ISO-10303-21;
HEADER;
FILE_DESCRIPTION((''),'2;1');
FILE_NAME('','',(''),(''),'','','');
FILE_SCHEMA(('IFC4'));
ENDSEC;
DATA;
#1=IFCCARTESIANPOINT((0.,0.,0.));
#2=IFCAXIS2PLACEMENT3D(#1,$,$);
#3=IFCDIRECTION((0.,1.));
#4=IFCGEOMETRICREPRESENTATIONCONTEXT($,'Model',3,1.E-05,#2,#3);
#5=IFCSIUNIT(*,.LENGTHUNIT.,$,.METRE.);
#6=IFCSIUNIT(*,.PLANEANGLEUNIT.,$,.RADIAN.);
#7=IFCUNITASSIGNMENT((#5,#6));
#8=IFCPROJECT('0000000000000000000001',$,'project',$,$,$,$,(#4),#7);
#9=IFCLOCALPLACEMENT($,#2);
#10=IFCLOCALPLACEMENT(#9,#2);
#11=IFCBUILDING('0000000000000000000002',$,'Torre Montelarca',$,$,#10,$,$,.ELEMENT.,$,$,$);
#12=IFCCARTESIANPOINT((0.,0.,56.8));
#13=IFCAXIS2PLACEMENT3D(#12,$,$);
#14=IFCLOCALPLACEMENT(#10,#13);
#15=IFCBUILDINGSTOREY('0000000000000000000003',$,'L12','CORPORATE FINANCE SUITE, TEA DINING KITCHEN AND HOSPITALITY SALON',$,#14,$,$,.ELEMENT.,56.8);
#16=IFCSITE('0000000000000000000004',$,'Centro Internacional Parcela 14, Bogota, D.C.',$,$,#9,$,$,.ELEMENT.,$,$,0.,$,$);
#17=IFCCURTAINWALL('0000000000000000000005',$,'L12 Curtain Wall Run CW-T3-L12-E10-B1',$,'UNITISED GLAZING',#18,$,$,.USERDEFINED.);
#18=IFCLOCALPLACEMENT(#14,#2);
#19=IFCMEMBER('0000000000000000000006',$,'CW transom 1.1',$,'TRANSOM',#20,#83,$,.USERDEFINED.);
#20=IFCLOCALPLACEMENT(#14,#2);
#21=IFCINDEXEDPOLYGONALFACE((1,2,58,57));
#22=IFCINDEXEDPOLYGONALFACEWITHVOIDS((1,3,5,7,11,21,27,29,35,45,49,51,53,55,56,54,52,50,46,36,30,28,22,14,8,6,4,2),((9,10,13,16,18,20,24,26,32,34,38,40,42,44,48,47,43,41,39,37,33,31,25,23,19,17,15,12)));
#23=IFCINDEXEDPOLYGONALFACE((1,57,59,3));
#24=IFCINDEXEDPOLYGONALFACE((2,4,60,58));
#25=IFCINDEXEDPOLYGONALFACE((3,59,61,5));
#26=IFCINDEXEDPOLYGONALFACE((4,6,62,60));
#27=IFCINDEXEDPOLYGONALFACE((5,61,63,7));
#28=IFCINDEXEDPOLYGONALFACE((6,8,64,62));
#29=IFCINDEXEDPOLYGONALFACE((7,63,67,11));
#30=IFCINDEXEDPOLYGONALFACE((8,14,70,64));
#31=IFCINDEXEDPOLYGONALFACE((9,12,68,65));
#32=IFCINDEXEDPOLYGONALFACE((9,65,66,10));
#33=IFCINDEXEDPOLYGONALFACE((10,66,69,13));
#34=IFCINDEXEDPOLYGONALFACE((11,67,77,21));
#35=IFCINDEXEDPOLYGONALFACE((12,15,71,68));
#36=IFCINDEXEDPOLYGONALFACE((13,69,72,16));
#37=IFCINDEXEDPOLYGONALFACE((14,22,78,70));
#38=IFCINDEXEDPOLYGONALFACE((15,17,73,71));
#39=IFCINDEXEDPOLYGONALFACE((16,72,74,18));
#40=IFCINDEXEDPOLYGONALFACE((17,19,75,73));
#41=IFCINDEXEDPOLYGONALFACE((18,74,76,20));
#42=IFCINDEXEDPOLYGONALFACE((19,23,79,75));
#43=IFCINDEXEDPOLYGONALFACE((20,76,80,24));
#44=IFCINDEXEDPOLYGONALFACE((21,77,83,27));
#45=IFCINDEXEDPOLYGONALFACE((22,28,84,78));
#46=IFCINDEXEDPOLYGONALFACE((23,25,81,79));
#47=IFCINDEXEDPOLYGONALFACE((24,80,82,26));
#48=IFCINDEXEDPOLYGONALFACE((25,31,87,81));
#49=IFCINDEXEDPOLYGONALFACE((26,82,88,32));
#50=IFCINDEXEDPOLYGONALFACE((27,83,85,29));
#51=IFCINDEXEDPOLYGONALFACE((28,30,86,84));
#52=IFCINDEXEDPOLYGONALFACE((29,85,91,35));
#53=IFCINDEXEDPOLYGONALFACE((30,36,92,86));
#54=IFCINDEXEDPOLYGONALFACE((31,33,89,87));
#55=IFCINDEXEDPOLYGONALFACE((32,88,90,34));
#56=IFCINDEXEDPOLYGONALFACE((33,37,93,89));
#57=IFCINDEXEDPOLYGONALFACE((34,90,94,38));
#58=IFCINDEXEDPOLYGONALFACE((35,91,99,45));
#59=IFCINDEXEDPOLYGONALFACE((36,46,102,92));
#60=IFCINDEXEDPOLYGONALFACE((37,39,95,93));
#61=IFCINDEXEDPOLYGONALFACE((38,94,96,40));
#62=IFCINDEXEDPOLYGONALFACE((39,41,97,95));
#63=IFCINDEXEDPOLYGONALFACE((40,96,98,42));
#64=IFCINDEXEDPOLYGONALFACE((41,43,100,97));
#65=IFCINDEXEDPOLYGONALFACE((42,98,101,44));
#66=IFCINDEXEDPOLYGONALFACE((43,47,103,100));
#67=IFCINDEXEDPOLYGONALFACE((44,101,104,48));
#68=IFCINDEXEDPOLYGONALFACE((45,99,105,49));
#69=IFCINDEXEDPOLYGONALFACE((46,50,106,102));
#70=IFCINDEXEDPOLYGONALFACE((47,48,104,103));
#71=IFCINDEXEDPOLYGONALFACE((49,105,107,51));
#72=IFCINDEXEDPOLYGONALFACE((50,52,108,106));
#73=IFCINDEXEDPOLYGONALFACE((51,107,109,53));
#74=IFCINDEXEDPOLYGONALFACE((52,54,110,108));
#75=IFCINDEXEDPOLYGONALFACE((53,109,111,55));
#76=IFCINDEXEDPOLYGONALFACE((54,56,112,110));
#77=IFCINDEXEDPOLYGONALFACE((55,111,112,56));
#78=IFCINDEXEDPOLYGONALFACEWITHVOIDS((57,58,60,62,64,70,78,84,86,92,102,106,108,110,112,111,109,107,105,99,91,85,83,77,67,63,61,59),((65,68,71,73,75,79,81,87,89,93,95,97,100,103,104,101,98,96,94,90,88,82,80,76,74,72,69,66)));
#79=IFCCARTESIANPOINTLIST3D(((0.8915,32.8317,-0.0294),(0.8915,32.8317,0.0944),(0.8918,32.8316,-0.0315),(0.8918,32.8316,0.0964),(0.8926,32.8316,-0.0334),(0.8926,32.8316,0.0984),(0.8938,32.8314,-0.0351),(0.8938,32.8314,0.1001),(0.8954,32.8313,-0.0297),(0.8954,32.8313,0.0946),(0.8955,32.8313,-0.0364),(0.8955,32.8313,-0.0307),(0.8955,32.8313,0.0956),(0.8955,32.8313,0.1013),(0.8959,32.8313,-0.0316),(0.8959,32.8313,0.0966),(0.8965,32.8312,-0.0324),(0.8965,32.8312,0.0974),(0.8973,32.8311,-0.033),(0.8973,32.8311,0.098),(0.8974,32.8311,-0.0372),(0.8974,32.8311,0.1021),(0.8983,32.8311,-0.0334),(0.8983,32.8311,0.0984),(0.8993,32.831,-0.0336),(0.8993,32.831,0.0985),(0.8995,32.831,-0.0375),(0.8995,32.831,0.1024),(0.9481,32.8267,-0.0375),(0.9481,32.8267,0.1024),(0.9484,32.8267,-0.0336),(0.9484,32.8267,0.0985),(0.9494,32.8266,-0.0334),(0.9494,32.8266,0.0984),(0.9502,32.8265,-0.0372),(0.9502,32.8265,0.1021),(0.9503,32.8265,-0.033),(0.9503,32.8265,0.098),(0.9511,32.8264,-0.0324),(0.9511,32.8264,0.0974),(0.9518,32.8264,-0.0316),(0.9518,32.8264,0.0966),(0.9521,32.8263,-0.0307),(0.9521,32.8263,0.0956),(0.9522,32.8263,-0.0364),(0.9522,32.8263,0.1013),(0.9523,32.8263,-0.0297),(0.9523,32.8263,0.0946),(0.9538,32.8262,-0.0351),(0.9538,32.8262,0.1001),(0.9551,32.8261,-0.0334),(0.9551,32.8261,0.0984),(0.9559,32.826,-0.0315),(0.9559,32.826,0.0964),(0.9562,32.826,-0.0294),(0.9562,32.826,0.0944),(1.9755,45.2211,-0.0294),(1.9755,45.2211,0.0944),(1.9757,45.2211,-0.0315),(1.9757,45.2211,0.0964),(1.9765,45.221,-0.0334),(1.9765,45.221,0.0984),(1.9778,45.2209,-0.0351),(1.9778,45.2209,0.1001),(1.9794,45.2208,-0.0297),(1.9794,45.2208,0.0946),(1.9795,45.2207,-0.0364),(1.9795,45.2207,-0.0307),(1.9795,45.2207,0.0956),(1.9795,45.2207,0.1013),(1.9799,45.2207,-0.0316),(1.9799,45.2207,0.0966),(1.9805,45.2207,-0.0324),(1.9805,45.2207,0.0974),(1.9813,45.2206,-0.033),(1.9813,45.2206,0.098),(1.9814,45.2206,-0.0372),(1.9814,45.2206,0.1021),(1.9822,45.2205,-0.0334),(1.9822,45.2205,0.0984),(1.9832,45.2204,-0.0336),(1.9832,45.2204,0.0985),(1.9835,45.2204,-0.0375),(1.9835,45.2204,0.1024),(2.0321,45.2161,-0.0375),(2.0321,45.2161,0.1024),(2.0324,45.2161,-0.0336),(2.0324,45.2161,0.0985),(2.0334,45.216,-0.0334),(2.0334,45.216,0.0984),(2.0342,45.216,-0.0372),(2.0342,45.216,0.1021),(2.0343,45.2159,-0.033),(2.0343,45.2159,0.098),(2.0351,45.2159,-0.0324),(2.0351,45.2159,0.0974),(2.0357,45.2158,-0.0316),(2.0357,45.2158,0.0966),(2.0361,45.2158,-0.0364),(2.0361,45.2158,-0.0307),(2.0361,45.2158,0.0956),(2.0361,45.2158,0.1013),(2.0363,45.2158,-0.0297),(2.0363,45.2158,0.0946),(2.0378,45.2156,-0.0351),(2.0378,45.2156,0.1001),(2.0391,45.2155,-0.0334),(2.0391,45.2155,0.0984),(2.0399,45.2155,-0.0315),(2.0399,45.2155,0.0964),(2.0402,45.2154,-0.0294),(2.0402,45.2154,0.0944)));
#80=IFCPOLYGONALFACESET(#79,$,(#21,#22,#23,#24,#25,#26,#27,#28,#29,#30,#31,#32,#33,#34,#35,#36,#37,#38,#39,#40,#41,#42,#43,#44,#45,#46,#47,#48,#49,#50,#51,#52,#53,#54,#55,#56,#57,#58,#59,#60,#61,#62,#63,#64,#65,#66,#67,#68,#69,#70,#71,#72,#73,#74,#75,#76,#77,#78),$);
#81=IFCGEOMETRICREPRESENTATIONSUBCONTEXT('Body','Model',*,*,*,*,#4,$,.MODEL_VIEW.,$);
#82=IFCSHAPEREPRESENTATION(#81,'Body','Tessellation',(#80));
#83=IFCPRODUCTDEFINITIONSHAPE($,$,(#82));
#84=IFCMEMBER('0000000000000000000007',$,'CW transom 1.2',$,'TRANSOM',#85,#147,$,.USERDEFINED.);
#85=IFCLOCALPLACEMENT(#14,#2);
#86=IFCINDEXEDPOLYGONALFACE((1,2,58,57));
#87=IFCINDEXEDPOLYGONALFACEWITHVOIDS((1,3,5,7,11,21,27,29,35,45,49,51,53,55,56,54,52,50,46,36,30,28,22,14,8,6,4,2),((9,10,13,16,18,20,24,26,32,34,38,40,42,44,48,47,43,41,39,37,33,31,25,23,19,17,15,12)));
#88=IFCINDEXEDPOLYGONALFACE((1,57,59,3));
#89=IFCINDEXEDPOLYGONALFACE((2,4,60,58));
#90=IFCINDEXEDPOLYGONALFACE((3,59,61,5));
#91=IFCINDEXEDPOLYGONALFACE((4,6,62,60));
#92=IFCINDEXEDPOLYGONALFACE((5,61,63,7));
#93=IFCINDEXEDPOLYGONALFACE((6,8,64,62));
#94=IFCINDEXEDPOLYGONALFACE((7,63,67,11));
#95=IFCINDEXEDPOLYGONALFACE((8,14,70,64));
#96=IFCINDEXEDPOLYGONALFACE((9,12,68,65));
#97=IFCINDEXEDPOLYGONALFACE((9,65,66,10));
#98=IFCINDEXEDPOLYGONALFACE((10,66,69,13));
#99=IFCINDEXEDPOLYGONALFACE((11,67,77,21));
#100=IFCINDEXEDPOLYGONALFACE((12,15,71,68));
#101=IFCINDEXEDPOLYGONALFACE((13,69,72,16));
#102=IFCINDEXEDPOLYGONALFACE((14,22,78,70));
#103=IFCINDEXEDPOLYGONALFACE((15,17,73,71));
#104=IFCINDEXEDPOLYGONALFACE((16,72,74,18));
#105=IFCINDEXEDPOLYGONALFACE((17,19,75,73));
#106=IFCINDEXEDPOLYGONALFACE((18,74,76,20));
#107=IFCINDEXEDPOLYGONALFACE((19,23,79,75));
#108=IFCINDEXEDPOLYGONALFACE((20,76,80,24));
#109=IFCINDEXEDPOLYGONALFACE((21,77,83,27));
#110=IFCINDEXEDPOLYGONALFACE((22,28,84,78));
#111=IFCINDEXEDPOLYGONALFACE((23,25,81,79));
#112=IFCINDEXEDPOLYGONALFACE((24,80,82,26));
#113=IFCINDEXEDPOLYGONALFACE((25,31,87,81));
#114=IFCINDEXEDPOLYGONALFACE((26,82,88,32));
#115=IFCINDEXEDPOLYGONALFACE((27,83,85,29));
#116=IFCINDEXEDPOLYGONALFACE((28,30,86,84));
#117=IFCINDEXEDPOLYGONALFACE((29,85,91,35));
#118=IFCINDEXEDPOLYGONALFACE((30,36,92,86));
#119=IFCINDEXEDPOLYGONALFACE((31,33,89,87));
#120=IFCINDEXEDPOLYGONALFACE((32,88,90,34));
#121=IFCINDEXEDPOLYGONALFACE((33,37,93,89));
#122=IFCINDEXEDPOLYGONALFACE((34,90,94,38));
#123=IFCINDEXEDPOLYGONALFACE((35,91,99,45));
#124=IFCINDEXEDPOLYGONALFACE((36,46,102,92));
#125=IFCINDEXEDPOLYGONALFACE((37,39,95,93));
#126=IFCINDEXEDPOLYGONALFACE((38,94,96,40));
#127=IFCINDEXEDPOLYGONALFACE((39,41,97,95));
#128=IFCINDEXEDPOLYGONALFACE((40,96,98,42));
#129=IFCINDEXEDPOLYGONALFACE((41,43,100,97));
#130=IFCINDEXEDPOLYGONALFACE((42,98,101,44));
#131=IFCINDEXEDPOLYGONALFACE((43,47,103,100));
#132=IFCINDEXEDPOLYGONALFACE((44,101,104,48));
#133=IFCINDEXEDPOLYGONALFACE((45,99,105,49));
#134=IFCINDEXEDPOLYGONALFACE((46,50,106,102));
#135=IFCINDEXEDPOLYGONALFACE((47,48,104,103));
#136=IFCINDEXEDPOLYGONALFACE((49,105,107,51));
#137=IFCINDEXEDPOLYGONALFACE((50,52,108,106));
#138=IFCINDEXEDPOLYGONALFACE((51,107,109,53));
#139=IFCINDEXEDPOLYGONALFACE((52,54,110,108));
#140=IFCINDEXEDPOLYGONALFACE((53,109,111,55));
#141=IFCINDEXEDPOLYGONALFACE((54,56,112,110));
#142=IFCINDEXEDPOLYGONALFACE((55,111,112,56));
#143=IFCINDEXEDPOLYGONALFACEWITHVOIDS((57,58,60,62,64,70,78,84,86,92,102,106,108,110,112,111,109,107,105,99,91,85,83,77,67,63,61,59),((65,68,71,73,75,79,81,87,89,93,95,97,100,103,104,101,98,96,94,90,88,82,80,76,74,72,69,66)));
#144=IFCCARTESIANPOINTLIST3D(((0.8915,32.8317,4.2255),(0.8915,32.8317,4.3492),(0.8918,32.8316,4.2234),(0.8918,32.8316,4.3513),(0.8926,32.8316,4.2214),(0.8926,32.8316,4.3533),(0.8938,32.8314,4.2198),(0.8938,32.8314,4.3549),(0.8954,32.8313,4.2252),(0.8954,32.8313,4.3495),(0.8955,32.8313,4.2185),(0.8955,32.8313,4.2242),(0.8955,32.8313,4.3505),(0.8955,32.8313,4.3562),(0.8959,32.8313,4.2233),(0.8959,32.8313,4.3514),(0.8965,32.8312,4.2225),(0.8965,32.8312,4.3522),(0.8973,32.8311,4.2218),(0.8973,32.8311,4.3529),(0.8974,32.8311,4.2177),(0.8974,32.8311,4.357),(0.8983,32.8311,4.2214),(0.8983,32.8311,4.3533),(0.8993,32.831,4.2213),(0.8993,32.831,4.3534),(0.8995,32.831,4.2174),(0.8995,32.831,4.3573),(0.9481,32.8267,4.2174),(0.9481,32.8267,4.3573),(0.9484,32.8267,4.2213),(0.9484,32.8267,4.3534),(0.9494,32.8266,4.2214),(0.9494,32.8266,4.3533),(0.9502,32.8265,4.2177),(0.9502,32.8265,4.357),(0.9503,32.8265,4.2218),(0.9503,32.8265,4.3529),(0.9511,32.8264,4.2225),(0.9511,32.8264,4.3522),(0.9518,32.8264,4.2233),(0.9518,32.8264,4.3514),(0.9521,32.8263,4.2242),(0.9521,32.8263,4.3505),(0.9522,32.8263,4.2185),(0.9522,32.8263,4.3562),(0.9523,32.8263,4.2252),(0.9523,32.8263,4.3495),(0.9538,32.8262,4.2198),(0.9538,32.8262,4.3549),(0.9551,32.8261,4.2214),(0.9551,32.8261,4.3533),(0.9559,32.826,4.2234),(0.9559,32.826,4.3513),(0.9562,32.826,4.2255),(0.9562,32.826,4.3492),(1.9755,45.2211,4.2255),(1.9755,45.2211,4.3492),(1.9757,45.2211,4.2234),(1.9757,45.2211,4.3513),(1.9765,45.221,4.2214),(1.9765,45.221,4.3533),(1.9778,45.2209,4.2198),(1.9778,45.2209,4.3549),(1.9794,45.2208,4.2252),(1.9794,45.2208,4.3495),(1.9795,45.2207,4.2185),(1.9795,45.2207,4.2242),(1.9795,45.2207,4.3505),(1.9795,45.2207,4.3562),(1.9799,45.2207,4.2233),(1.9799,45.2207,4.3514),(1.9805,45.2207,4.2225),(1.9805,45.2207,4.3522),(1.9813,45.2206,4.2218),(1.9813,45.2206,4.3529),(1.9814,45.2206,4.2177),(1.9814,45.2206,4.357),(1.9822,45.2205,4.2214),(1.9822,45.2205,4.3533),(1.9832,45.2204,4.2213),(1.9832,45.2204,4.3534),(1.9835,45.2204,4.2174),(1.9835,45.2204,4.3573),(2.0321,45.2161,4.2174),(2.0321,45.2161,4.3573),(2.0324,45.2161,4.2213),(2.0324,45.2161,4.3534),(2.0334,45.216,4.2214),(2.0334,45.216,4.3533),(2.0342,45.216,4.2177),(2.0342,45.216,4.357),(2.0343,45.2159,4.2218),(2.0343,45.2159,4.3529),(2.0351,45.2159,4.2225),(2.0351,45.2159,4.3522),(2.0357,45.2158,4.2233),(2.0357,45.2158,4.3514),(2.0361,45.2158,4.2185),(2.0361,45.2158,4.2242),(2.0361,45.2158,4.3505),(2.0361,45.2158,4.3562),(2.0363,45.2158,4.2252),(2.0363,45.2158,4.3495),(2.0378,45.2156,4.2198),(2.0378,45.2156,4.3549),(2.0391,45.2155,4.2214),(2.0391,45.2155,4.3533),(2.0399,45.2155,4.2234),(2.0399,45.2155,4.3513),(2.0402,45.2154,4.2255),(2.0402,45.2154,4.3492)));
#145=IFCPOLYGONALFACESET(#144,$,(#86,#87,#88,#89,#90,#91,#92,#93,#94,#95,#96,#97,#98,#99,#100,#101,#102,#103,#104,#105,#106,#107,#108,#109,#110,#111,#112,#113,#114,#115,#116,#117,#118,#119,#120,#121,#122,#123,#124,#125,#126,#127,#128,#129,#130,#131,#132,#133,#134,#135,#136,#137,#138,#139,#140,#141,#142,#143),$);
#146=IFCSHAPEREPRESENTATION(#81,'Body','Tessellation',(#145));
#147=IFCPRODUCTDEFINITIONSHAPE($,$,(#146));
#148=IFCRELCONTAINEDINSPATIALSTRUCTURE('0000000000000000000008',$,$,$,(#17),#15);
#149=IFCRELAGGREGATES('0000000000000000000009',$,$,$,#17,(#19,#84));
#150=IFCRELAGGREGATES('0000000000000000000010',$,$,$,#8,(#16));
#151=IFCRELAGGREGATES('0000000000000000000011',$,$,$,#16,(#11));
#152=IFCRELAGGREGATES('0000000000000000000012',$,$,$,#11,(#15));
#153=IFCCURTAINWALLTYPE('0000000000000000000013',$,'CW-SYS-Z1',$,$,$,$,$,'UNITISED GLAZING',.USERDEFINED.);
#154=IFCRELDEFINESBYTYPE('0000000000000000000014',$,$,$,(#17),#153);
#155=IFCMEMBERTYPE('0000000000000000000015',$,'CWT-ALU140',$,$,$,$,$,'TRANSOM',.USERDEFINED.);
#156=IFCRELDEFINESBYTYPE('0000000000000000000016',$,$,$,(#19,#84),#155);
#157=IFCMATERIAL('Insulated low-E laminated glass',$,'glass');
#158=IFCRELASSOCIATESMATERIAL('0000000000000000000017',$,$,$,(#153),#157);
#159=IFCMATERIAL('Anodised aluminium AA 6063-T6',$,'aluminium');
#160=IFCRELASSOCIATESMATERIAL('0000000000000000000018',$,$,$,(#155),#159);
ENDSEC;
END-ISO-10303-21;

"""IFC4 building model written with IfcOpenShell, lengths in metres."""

from ifc_helpers import new_model, si_unit, direction, frame, origin, origin_2d, place, context, subcontext, project, spatial, hollow_rectangle, extrude, source, transform, mapped, material, material_profile, profile_set, type_object, element, aggregate, save


model = new_model("IFC4")

# Units and contexts
model_context = context("Model", 3, precision=1e-05, world=origin(), true_north=direction((0.0, 1.0)))
body_context = subcontext(model_context, "Body", "Model", "MODEL_VIEW")
ifc_project = project(units=[si_unit("LENGTHUNIT", "METRE"), si_unit("PLANEANGLEUNIT", "RADIAN")], contexts=[model_context])

# Site, building, storey
site_placement = place(None, origin())
site = spatial("IfcSite", under=ifc_project, at=site_placement, Name="Centro Internacional Parcela 14, Bogota, D.C.", CompositionType="ELEMENT", RefElevation=0.0)
building_placement = place(site_placement, origin())
building = spatial("IfcBuilding", under=site, at=building_placement, Name="Torre Montelarca", CompositionType="ELEMENT")
storey_placement = place(building_placement, frame((0.0, 0.0, 56.8)))
storey = spatial("IfcBuildingStorey", under=building, at=storey_placement, Name="L12", Description="CORPORATE FINANCE SUITE, TEA DINING KITCHEN AND HOSPITALITY SALON", CompositionType="ELEMENT", Elevation=56.8)

# Shared definitions
ifc_material_1 = material(Name="Insulated low-E laminated glass", Category="glass")
curtain_wall_type = type_object("IfcCurtainWallType", Name="CW-SYS-Z1", ElementType="UNITISED GLAZING", PredefinedType="USERDEFINED", material=ifc_material_1)
ifc_material_2 = material(Name="Anodised aluminium AA 6063-T6", Category="aluminium")

# Curtain wall
curtain_wall_1_placement = place(storey_placement, origin())
curtain_wall_1 = element("IfcCurtainWall", 1, at=curtain_wall_1_placement, inside=storey, type_object=curtain_wall_type, Name="L12 Curtain Wall Run CW-T3-L12-E10-B1", ObjectType="UNITISED GLAZING", PredefinedType="USERDEFINED")

# Shared definitions
ifc_material_profile_1 = material_profile(ifc_material_2, hollow_rectangle(XDim=0.0649, YDim=0.1399, WallThickness=0.0039, InnerFilletRadius=0.0039, OuterFilletRadius=0.0081, at=origin_2d()), Name="ALU65X140X4", Category="aluminium")
ifc_profile_set_1 = profile_set([ifc_material_profile_1], Name="Anodised aluminium AA 6063-T6")
member_type_1 = type_object("IfcMemberType", Name="CWT-ALU140", ElementType="TRANSOM", PredefinedType="USERDEFINED", material=ifc_profile_set_1)

# Members
shared_shape_1 = source(origin(), body_context, "Body", "SweptSolid", [
    extrude(hollow_rectangle(XDim=0.0649, YDim=0.1399, WallThickness=0.0039, InnerFilletRadius=0.0039, OuterFilletRadius=0.0081, at=origin_2d()), origin(), (0.0, 0.0, 1.0), 12.4368),
])
member_1_placement = place(storey_placement, frame((2.0078, 45.2183, 0.0325), z_axis=(-0.08716, -0.996194, 0.0), x_axis=(0.996194, -0.08716, 0.0)))
member_1 = element("IfcMember", 2, at=member_1_placement, type_object=member_type_1, Name="CW transom 1.1", ObjectType="TRANSOM", PredefinedType="USERDEFINED", context=body_context, shape_type="MappedRepresentation", body=[
    mapped(shared_shape_1, transform((0.0, 0.0, 0.0), scale=1.0)),
])
member_2_placement = place(storey_placement, frame((2.0078, 45.2183, 4.2874), z_axis=(-0.08716, -0.996194, 0.0), x_axis=(0.996194, -0.08716, 0.0)))
member_2 = element("IfcMember", 3, at=member_2_placement, type_object=member_type_1, Name="CW transom 1.2", ObjectType="TRANSOM", PredefinedType="USERDEFINED", context=body_context, shape_type="MappedRepresentation", body=[
    mapped(shared_shape_1, transform((0.0, 0.0, 0.0), scale=1.0)),
])
aggregate(curtain_wall_1, [member_1, member_2])

save(model, "model.ifc")
